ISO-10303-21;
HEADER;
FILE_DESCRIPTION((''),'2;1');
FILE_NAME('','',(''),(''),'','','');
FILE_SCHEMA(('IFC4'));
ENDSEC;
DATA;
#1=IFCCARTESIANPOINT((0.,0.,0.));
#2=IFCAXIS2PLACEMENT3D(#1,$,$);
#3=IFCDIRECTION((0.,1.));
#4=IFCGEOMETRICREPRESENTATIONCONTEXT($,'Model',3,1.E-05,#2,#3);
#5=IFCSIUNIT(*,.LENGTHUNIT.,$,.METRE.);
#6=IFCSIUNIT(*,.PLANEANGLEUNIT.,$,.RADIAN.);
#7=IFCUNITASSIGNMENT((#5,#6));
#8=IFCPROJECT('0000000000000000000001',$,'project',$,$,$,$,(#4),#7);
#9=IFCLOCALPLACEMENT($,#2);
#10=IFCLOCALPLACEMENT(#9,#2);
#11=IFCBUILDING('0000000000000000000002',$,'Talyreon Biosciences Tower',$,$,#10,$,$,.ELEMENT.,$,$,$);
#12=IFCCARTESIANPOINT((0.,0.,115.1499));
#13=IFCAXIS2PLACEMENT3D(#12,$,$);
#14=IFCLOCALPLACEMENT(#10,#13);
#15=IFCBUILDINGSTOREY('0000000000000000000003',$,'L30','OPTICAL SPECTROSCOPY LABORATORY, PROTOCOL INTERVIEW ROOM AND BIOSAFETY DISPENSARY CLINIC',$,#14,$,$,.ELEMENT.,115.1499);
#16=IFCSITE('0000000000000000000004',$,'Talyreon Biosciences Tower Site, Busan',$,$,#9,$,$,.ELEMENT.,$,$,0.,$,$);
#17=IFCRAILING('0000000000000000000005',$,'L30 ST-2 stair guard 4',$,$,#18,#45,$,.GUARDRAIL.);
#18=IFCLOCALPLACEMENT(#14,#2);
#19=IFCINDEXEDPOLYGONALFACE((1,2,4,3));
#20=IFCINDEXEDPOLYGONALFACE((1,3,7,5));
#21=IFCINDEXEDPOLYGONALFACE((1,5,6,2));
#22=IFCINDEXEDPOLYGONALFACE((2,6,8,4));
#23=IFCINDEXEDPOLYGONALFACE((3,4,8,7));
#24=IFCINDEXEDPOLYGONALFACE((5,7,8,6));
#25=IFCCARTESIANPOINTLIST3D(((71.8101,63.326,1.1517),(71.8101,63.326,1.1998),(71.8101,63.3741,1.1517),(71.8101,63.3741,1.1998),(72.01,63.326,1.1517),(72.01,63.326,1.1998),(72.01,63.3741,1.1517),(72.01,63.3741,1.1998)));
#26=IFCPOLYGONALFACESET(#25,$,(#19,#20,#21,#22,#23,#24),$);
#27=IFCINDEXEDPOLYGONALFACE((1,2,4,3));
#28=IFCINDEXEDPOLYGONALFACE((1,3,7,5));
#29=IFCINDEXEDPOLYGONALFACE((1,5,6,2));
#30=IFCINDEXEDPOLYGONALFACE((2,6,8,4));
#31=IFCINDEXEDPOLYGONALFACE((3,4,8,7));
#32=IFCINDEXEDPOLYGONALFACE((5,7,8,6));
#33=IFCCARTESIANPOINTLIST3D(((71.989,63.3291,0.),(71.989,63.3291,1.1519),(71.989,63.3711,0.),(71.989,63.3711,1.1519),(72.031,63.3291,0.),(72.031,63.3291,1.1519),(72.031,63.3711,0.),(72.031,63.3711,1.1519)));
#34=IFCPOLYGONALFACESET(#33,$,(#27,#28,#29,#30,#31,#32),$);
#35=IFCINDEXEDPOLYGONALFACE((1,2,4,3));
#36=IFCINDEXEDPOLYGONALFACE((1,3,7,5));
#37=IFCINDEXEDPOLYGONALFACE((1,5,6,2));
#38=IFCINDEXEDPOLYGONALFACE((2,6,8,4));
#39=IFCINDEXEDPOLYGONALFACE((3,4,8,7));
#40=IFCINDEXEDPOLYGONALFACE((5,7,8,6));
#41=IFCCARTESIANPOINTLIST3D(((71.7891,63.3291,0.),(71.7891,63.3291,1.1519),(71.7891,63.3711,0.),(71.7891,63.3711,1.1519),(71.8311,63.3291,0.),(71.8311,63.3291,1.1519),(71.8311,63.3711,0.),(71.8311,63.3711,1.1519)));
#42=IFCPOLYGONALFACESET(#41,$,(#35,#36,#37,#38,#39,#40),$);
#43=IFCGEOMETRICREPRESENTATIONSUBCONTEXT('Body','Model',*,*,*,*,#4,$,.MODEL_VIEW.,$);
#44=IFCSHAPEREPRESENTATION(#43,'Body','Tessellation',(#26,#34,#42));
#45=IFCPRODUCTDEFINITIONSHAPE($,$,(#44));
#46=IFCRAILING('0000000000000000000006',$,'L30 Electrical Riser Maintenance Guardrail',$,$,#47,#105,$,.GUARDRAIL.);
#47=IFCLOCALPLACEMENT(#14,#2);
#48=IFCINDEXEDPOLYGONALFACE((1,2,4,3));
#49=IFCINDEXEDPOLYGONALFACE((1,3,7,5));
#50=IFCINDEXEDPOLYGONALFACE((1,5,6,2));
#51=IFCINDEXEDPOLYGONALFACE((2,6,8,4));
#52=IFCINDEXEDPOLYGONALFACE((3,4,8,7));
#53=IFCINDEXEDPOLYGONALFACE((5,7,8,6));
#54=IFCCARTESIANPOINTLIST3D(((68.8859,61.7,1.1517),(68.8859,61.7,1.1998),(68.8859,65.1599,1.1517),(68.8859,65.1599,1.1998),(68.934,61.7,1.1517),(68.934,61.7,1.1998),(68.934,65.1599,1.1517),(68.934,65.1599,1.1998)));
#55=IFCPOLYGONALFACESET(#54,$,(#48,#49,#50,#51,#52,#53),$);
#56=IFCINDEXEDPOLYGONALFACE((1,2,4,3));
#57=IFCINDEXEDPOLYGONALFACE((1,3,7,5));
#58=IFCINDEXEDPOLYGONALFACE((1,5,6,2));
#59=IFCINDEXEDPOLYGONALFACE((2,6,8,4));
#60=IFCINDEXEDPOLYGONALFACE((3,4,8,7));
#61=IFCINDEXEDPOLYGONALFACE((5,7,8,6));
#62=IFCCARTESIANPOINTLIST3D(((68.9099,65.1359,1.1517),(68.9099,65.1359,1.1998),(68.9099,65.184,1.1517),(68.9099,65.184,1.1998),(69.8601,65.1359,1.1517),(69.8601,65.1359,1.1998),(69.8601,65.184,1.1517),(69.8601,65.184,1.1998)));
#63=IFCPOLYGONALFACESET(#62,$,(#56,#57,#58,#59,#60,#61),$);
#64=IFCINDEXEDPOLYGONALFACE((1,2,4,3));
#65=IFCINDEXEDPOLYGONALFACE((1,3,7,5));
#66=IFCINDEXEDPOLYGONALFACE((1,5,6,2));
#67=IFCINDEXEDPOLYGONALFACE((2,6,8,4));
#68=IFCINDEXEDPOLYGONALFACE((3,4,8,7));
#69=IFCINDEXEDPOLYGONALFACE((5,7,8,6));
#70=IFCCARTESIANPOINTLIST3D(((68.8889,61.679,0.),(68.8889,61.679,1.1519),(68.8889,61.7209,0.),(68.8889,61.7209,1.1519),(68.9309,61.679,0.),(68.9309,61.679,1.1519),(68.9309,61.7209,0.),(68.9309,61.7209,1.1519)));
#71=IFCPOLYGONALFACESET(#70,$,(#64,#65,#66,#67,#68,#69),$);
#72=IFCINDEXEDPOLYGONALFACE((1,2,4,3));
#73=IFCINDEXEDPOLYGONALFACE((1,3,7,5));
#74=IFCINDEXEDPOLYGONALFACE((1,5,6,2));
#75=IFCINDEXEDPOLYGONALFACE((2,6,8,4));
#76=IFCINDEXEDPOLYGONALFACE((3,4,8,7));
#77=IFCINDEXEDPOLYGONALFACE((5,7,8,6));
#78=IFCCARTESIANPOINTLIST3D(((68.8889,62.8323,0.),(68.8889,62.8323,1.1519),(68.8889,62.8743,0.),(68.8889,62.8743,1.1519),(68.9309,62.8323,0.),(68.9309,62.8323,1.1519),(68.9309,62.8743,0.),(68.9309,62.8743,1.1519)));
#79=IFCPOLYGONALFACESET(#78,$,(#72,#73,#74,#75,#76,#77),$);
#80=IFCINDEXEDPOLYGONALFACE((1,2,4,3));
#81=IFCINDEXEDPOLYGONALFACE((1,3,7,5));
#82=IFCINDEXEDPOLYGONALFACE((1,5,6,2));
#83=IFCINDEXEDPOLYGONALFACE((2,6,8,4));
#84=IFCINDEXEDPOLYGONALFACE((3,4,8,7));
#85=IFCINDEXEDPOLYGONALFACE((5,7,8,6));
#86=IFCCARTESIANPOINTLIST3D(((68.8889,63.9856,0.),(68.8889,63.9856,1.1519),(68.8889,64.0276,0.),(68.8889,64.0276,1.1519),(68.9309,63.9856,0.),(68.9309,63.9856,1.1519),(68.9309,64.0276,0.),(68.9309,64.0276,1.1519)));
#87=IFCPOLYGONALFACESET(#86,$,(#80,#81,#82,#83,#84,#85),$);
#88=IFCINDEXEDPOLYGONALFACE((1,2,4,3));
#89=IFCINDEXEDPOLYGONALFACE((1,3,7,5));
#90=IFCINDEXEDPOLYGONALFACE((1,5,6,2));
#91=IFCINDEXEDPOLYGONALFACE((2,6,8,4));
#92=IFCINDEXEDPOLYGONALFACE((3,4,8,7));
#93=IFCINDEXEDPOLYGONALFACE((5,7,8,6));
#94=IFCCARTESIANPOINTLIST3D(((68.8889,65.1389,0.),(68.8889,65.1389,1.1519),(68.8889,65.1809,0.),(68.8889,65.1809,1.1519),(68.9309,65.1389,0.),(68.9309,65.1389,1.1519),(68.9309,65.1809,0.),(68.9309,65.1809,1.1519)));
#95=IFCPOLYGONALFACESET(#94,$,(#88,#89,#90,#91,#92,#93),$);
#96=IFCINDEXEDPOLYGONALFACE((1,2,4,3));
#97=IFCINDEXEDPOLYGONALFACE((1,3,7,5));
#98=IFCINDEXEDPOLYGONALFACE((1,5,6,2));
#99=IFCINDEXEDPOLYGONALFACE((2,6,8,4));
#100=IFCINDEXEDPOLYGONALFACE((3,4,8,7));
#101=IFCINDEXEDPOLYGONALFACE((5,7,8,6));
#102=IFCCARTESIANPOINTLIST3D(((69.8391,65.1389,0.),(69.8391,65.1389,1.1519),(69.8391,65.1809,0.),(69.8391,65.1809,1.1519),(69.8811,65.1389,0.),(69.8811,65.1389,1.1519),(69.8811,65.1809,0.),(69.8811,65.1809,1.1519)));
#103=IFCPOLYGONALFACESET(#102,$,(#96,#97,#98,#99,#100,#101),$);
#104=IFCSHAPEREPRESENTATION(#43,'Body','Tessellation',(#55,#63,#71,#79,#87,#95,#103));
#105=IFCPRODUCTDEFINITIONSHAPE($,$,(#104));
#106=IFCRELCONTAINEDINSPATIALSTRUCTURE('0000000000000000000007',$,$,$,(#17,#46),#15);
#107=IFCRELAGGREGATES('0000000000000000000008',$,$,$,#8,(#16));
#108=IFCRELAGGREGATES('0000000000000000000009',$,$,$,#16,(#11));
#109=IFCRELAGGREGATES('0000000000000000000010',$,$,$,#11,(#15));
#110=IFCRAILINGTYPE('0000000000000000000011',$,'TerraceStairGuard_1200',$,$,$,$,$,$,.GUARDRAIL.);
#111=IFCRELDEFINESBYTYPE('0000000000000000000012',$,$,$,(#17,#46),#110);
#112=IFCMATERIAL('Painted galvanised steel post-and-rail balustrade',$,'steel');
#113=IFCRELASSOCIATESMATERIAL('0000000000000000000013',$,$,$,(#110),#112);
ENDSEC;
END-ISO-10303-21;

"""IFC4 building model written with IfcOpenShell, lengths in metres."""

from ifc_helpers import new_model, si_unit, direction, frame, origin, origin_2d, place, context, subcontext, project, spatial, rectangle, extrude, material, type_object, element, save


model = new_model("IFC4")

# Units and contexts
model_context = context("Model", 3, precision=1e-05, world=origin(), true_north=direction((0.0, 1.0)))
body_context = subcontext(model_context, "Body", "Model", "MODEL_VIEW")
ifc_project = project(units=[si_unit("LENGTHUNIT", "METRE"), si_unit("PLANEANGLEUNIT", "RADIAN")], contexts=[model_context])

# Site, building, storey
site_placement = place(None, origin())
site = spatial("IfcSite", under=ifc_project, at=site_placement, Name="Talyreon Biosciences Tower Site, Busan", CompositionType="ELEMENT", RefElevation=0.0)
building_placement = place(site_placement, origin())
building = spatial("IfcBuilding", under=site, at=building_placement, Name="Talyreon Biosciences Tower", CompositionType="ELEMENT")
storey_placement = place(building_placement, frame((0.0, 0.0, 115.1499)))
storey = spatial("IfcBuildingStorey", under=building, at=storey_placement, Name="L30", Description="OPTICAL SPECTROSCOPY LABORATORY, PROTOCOL INTERVIEW ROOM AND BIOSAFETY DISPENSARY CLINIC", CompositionType="ELEMENT", Elevation=115.1499)

# Railings
ifc_material_1 = material(Name="Painted galvanised steel post-and-rail balustrade", Category="steel")
railing_type_1 = type_object("IfcRailingType", Name="TerraceStairGuard_1200", PredefinedType="GUARDRAIL", material=ifc_material_1)
railing_1_placement = place(storey_placement, frame((72.01, 63.3501, 0.0)))
element("IfcRailing", 1, at=railing_1_placement, inside=storey, type_object=railing_type_1, Name="L30 ST-2 stair guard 4", PredefinedType="GUARDRAIL", context=body_context, shape_type="SweptSolid", body=[
    extrude(rectangle(XDim=0.0481, YDim=0.0481, at=origin_2d()), frame((0.0, 0.0, 1.1758), z_axis=(-1.0, 0.0, 0.0), x_axis=(0.0, -1.0, 0.0)), (0.0, 0.0, 1.0), 0.2),
    extrude(rectangle(XDim=0.042, YDim=0.042, at=origin_2d()), origin(), (0.0, 0.0, 1.0), 1.1519),
    extrude(rectangle(XDim=0.042, YDim=0.042, at=origin_2d()), frame((-0.2, 0.0, 0.0)), (0.0, 0.0, 1.0), 1.1519),
])
railing_2_placement = place(storey_placement, frame((68.9099, 61.7, 0.0)))
element("IfcRailing", 2, at=railing_2_placement, inside=storey, type_object=railing_type_1, Name="L30 Electrical Riser Maintenance Guardrail", PredefinedType="GUARDRAIL", context=body_context, shape_type="SweptSolid", body=[
    extrude(rectangle(XDim=0.0481, YDim=0.0481, at=origin_2d()), frame((0.0, 0.0, 1.1758), z_axis=(0.0, 1.0, 0.0), x_axis=(-1.0, 0.0, 0.0)), (0.0, 0.0, 1.0), 3.46),
    extrude(rectangle(XDim=0.0481, YDim=0.0481, at=origin_2d()), frame((0.0, 3.46, 1.1758), z_axis=(1.0, 0.0, 0.0), x_axis=(0.0, 1.0, 0.0)), (0.0, 0.0, 1.0), 0.9502),
    extrude(rectangle(XDim=0.042, YDim=0.042, at=origin_2d()), origin(), (0.0, 0.0, 1.0), 1.1519),
    extrude(rectangle(XDim=0.042, YDim=0.042, at=origin_2d()), frame((0.0, 1.1533, 0.0)), (0.0, 0.0, 1.0), 1.1519),
    extrude(rectangle(XDim=0.042, YDim=0.042, at=origin_2d()), frame((0.0, 2.3066, 0.0)), (0.0, 0.0, 1.0), 1.1519),
    extrude(rectangle(XDim=0.042, YDim=0.042, at=origin_2d()), frame((0.0, 3.46, 0.0)), (0.0, 0.0, 1.0), 1.1519),
    extrude(rectangle(XDim=0.042, YDim=0.042, at=origin_2d()), frame((0.9502, 3.46, 0.0)), (0.0, 0.0, 1.0), 1.1519),
])

save(model, "model.ifc")
